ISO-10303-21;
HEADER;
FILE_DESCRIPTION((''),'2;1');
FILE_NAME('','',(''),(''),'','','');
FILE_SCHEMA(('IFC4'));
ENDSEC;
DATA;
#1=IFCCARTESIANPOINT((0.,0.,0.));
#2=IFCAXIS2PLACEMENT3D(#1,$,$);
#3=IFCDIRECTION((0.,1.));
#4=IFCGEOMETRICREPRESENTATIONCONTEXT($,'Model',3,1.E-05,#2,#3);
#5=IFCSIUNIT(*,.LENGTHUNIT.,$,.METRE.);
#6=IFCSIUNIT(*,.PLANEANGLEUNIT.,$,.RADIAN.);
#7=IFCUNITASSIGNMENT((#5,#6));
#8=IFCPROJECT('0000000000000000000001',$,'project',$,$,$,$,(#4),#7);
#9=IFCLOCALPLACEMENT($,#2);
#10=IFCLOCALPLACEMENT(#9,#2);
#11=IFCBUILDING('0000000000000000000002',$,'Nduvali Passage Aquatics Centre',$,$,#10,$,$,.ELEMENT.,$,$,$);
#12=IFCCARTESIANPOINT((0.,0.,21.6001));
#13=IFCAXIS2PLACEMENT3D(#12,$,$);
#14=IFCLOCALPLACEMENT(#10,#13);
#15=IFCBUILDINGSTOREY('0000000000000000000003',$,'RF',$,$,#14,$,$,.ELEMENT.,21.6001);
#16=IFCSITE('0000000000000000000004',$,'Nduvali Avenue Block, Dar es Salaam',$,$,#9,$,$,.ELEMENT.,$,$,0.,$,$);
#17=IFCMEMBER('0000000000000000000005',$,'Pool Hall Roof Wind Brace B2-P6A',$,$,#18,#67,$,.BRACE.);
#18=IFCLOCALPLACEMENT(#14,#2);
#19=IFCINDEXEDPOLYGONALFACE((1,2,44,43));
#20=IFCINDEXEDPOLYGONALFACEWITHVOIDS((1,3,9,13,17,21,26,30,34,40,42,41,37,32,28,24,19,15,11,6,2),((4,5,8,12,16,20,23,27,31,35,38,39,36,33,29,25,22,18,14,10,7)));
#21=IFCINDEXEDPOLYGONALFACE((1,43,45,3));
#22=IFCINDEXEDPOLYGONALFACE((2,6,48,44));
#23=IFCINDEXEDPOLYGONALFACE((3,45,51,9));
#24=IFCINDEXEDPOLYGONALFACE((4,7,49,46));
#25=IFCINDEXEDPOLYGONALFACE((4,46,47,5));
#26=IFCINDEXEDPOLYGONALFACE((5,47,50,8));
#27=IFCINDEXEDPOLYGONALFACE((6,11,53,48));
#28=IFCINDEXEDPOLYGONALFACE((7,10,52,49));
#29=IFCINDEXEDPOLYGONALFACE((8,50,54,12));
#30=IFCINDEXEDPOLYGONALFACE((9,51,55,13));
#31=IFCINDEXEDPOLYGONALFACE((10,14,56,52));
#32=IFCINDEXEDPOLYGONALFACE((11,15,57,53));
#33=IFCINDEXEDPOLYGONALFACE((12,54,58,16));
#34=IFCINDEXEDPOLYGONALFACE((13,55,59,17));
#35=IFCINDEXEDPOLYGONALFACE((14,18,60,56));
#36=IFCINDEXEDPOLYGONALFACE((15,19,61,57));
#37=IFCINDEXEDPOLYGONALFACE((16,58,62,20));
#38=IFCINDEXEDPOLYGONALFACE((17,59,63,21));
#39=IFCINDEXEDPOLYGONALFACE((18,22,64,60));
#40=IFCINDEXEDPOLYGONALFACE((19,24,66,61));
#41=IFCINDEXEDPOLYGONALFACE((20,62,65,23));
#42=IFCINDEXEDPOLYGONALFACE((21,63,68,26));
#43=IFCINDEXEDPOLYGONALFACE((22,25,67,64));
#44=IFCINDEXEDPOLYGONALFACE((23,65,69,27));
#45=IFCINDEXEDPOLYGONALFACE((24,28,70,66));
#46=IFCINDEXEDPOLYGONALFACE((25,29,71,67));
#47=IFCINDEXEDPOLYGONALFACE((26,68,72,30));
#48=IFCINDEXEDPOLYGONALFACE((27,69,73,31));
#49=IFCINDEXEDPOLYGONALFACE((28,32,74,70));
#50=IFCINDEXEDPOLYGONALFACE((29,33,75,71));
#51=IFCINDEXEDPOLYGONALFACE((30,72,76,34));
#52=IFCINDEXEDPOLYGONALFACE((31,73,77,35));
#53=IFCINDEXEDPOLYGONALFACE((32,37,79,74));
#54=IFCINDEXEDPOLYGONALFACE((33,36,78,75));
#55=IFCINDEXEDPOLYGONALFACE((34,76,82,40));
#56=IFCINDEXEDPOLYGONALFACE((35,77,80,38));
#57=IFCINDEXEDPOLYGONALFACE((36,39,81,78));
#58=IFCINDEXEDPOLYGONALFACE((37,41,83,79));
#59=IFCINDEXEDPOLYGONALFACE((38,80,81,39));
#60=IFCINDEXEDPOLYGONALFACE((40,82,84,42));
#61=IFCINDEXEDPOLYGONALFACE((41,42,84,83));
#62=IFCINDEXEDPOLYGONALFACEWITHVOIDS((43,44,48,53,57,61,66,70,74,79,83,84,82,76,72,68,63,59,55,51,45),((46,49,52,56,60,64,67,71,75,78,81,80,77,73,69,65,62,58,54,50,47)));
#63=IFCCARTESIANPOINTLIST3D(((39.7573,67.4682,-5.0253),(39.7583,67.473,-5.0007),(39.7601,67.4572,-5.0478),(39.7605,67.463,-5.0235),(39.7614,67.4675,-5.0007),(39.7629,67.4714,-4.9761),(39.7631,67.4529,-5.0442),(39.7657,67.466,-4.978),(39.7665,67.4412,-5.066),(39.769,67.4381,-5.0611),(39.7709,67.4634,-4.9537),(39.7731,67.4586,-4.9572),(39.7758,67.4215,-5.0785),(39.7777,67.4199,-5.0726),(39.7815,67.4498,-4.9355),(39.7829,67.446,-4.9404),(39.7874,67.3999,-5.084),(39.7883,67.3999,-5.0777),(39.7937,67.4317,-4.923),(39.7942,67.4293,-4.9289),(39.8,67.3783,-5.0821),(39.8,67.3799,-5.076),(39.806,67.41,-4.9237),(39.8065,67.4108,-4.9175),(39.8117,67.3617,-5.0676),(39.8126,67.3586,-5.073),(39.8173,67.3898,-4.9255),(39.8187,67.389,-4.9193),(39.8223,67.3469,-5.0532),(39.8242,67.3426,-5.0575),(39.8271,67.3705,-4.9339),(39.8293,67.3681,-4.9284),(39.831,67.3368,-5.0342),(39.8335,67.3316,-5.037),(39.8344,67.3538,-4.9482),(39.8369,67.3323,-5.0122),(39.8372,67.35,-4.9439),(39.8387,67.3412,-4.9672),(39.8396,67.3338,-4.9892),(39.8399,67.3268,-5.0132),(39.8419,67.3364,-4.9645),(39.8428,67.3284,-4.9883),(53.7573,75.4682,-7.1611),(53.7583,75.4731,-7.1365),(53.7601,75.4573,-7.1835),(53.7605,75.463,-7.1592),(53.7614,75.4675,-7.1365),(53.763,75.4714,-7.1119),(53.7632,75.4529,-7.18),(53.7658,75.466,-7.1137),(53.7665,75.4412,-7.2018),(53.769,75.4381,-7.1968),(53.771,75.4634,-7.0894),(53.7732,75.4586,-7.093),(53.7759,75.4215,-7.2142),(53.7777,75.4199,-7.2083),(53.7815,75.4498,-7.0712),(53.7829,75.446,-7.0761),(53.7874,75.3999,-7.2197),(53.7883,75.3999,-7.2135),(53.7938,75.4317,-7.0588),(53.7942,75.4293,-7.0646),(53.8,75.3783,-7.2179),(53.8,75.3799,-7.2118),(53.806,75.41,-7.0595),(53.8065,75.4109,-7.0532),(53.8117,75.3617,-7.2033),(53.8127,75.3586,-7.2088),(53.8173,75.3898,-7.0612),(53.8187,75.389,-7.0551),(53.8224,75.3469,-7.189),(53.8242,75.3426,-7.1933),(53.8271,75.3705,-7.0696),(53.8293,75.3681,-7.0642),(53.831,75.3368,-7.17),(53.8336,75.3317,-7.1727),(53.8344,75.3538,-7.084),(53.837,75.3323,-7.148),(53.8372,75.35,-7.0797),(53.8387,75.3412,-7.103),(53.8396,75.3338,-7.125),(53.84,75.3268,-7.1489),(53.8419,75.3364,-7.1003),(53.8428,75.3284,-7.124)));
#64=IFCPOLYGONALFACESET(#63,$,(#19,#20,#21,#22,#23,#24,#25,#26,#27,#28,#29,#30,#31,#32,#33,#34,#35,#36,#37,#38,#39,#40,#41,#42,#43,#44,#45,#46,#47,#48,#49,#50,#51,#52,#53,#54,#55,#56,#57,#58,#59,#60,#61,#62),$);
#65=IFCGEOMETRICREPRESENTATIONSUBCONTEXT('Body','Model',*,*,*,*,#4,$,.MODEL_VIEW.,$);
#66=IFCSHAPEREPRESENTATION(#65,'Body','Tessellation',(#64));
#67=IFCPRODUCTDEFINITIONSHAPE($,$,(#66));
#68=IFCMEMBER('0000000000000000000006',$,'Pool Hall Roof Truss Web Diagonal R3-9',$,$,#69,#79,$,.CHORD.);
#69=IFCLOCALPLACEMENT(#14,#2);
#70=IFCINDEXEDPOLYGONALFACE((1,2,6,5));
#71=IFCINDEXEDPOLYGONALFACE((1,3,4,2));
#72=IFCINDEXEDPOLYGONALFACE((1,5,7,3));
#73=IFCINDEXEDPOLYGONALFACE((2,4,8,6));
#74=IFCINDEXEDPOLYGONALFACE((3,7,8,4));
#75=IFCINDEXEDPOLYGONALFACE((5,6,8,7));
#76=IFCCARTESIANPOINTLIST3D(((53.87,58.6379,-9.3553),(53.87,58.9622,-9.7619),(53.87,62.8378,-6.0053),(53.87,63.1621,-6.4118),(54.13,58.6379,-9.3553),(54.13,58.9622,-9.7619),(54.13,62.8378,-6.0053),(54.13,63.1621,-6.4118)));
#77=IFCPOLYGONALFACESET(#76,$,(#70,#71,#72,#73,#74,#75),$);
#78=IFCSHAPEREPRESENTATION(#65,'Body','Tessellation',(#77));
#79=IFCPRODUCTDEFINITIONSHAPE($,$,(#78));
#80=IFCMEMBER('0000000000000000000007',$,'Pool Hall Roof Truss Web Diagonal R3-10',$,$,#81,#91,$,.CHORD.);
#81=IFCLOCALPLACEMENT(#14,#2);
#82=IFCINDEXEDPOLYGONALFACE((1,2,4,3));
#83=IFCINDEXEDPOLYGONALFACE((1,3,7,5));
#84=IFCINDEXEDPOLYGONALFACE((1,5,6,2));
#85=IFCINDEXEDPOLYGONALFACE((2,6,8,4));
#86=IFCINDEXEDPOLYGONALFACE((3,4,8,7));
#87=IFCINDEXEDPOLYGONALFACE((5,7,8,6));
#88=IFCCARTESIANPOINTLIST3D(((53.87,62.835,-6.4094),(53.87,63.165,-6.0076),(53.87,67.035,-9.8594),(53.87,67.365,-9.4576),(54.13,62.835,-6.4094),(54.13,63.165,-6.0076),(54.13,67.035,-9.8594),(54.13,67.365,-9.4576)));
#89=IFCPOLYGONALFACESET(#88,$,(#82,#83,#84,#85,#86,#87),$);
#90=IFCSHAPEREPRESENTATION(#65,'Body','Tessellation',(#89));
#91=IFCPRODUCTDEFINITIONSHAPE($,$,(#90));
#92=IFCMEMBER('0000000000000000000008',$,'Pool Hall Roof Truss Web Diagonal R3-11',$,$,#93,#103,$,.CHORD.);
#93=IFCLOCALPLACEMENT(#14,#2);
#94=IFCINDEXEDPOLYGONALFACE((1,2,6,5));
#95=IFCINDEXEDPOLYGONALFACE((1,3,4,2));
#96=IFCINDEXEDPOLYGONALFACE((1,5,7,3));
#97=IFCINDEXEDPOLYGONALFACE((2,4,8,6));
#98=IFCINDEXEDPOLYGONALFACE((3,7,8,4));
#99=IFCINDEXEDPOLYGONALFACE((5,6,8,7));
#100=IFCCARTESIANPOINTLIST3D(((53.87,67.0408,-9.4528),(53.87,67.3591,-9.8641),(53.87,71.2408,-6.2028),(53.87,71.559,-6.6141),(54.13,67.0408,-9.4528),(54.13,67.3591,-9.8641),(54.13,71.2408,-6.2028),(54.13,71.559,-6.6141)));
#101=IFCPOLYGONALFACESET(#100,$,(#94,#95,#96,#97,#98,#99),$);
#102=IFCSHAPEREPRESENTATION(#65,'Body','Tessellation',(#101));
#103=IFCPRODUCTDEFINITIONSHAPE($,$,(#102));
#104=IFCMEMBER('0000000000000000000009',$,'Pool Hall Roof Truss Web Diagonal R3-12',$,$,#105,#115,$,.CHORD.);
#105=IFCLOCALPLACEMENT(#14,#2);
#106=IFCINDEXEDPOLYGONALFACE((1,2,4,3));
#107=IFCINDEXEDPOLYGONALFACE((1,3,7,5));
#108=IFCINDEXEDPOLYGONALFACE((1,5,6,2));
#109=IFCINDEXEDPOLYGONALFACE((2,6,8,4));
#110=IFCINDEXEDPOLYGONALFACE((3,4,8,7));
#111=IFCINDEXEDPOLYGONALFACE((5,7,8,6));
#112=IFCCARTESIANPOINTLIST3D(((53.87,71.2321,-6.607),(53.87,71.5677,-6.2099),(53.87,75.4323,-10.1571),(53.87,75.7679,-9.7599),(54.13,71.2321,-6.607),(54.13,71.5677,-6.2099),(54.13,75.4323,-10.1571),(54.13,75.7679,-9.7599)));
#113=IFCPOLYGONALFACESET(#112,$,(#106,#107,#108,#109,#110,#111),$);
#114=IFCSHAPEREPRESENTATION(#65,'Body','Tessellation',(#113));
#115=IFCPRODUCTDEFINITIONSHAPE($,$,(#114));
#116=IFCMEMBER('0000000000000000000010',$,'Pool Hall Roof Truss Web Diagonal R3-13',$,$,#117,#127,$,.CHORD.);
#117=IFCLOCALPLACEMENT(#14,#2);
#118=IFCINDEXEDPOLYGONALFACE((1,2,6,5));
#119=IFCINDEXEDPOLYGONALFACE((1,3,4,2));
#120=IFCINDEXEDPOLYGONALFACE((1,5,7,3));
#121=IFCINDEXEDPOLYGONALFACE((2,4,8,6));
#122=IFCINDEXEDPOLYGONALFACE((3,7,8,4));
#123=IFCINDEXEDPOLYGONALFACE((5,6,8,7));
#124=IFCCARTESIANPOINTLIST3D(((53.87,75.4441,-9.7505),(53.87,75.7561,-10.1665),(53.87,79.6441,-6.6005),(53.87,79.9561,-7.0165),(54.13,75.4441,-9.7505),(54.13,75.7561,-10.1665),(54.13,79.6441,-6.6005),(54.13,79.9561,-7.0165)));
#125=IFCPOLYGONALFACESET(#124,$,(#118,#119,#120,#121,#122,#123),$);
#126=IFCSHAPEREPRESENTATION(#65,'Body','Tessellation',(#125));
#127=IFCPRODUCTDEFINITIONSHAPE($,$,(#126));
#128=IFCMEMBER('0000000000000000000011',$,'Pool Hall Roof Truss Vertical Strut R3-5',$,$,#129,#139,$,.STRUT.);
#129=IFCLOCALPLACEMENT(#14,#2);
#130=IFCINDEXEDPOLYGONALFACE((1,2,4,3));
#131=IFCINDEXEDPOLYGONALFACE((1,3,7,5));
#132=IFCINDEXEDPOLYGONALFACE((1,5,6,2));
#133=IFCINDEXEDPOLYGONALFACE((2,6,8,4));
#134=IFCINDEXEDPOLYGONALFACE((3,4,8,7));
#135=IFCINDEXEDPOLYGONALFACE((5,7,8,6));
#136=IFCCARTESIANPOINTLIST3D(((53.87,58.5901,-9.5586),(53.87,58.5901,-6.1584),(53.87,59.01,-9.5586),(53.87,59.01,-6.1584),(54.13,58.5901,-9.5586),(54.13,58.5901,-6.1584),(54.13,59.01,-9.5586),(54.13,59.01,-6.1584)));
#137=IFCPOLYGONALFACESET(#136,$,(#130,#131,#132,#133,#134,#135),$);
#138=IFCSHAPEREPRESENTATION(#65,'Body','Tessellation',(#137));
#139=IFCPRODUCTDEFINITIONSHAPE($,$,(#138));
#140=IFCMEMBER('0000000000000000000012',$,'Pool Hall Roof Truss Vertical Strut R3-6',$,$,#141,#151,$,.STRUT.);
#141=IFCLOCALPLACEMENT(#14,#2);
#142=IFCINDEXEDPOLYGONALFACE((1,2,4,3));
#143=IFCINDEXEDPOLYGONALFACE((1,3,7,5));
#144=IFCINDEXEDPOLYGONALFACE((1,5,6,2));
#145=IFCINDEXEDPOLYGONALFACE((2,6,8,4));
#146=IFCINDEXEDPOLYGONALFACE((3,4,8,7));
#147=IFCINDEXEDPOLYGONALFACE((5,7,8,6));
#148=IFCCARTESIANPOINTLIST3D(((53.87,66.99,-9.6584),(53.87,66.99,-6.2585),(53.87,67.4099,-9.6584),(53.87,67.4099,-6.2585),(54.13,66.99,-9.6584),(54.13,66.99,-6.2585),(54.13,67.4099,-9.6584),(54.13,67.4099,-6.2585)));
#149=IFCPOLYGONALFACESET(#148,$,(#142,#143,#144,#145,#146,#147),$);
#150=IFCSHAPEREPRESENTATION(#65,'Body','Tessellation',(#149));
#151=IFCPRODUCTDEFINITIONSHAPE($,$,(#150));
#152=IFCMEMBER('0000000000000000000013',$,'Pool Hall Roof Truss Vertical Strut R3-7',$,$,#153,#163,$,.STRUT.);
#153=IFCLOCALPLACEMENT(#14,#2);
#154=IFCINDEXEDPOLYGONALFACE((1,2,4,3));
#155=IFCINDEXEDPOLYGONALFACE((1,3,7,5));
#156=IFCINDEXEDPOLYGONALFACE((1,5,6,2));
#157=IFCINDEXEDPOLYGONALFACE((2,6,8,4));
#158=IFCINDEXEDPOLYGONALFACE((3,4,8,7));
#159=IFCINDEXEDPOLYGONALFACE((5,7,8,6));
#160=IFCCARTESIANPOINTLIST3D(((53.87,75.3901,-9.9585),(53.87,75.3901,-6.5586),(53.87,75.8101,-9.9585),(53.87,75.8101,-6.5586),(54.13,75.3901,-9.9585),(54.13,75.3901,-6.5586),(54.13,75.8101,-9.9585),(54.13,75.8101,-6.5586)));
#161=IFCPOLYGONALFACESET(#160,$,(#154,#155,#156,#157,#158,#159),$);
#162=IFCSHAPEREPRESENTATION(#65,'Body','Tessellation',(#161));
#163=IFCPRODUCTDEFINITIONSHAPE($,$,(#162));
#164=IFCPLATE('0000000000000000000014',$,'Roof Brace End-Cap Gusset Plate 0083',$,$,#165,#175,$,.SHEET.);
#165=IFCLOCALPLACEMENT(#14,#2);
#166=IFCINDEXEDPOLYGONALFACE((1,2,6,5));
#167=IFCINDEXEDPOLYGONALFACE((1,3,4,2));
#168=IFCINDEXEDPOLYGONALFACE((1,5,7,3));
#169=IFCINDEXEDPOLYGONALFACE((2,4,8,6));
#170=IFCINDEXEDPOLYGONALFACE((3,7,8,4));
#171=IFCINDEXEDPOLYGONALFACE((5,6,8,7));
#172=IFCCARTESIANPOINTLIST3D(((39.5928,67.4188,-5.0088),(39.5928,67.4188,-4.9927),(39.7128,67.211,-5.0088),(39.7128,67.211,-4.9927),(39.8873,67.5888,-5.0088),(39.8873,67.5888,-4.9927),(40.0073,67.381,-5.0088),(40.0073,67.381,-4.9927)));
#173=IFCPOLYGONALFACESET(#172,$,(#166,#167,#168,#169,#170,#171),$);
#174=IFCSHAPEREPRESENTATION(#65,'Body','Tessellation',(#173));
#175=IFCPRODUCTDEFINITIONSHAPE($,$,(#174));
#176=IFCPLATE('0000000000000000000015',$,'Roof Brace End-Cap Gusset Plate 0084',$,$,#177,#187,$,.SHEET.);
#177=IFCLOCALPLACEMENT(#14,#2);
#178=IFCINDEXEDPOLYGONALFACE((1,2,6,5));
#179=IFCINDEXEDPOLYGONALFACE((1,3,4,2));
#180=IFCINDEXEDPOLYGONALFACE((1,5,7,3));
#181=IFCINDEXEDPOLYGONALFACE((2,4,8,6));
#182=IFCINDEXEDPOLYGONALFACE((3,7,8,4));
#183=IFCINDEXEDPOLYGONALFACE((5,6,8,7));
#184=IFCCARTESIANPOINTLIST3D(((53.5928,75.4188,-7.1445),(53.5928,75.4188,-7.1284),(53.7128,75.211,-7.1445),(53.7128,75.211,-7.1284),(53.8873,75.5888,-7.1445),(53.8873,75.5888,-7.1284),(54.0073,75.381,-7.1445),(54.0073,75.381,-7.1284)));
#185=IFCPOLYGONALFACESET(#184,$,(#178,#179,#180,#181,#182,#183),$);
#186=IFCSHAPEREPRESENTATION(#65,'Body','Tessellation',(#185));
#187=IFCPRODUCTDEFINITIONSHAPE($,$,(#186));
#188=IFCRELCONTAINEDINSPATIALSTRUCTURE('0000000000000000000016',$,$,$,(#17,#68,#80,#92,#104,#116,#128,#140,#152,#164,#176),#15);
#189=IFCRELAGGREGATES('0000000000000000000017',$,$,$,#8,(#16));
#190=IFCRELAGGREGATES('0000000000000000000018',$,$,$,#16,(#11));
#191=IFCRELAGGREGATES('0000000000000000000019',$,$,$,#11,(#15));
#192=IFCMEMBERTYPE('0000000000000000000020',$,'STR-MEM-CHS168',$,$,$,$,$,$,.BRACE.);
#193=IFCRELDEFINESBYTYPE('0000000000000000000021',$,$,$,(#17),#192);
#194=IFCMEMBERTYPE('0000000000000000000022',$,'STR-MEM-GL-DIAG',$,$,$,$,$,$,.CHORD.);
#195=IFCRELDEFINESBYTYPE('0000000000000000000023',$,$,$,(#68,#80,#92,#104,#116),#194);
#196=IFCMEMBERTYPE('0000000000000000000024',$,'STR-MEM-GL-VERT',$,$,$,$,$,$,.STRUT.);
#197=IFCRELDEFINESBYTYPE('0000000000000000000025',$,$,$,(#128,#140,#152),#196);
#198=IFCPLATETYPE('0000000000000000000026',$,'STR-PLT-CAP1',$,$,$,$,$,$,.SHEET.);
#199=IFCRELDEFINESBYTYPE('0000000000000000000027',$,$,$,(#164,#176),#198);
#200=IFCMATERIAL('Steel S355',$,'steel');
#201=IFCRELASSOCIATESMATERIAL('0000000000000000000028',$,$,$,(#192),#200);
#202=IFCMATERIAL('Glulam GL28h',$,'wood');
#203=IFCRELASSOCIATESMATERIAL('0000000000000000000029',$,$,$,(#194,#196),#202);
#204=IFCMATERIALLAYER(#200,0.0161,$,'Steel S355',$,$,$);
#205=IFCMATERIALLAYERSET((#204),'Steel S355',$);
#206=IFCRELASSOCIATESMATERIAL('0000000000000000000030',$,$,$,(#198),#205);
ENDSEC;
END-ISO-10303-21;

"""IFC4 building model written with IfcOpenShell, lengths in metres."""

from ifc_helpers import new_model, si_unit, direction, frame, origin, origin_2d, place, context, subcontext, project, spatial, rectangle, hollow_circle, extrude, material, layer, layer_set, material_profile, profile_set, type_object, element, save


model = new_model("IFC4")

# Units and contexts
model_context = context("Model", 3, precision=1e-05, world=origin(), true_north=direction((0.0, 1.0)))
body_context = subcontext(model_context, "Body", "Model", "MODEL_VIEW")
ifc_project = project(units=[si_unit("LENGTHUNIT", "METRE"), si_unit("PLANEANGLEUNIT", "RADIAN")], contexts=[model_context])

# Site, building, storey
site_placement = place(None, origin())
site = spatial("IfcSite", under=ifc_project, at=site_placement, Name="Nduvali Avenue Block, Dar es Salaam", CompositionType="ELEMENT", RefElevation=0.0)
building_placement = place(site_placement, origin())
building = spatial("IfcBuilding", under=site, at=building_placement, Name="Nduvali Passage Aquatics Centre", CompositionType="ELEMENT")
storey_placement = place(building_placement, frame((0.0, 0.0, 21.6001)))
storey = spatial("IfcBuildingStorey", under=building, at=storey_placement, Name="RF", CompositionType="ELEMENT", Elevation=21.6001)

# Members
ifc_material_1 = material(Name="Steel S355", Category="steel")
ifc_material_profile_1 = material_profile(ifc_material_1, hollow_circle(Radius=0.0842, WallThickness=0.0063, at=origin_2d()), Name="CHS 168.3x6.3")
ifc_profile_set_1 = profile_set([ifc_material_profile_1], Name="Steel S355")
member_type_1 = type_object("IfcMemberType", Name="STR-MEM-CHS168", PredefinedType="BRACE", material=ifc_profile_set_1)
member_1_placement = place(storey_placement, frame((39.8, 67.3999, -5.0007), z_axis=(0.860726, 0.491843, -0.131306), x_axis=(-0.496139, 0.868243, 0.0)))
element("IfcMember", 1, at=member_1_placement, inside=storey, type_object=member_type_1, Name="Pool Hall Roof Wind Brace B2-P6A", PredefinedType="BRACE", context=body_context, shape_type="SweptSolid", body=[
    extrude(hollow_circle(Radius=0.0842, WallThickness=0.0063, at=origin_2d()), origin(), (0.0, 0.0, 1.0), 16.2654),
])
ifc_material_2 = material(Name="Glulam GL28h", Category="wood")
ifc_material_profile_2 = material_profile(ifc_material_2, rectangle(XDim=0.26, YDim=0.52, at=origin_2d()), Name="GL28h 260x520")
ifc_profile_set_2 = profile_set([ifc_material_profile_2], Name="Glulam GL28h")
member_type_2 = type_object("IfcMemberType", Name="STR-MEM-GL-DIAG", PredefinedType="CHORD", material=ifc_profile_set_2)
member_2_placement = place(storey_placement, frame((54.0, 58.8, -9.5586), z_axis=(0.0, 0.781764, 0.623575), x_axis=(-1.0, 0.0, 0.0)))
element("IfcMember", 2, at=member_2_placement, inside=storey, type_object=member_type_2, Name="Pool Hall Roof Truss Web Diagonal R3-9", PredefinedType="CHORD", context=body_context, shape_type="SweptSolid", body=[
    extrude(rectangle(XDim=0.26, YDim=0.52, at=origin_2d()), origin(), (0.0, 0.0, 1.0), 5.3723),
])
member_3_placement = place(storey_placement, frame((54.0, 63.0, -6.2085), z_axis=(0.0, 0.772727, -0.634738), x_axis=(-1.0, 0.0, 0.0)))
element("IfcMember", 3, at=member_3_placement, inside=storey, type_object=member_type_2, Name="Pool Hall Roof Truss Web Diagonal R3-10", PredefinedType="CHORD", context=body_context, shape_type="SweptSolid", body=[
    extrude(rectangle(XDim=0.26, YDim=0.52, at=origin_2d()), origin(), (0.0, 0.0, 1.0), 5.4353),
])
member_4_placement = place(storey_placement, frame((54.0, 67.2, -9.6584), z_axis=(0.0, 0.790867, 0.611988), x_axis=(-1.0, 0.0, 0.0)))
element("IfcMember", 4, at=member_4_placement, inside=storey, type_object=member_type_2, Name="Pool Hall Roof Truss Web Diagonal R3-11", PredefinedType="CHORD", context=body_context, shape_type="SweptSolid", body=[
    extrude(rectangle(XDim=0.26, YDim=0.52, at=origin_2d()), origin(), (0.0, 0.0, 1.0), 5.3105),
])
member_5_placement = place(storey_placement, frame((54.0, 71.3999, -6.4084), z_axis=(0.0, 0.763741, -0.645522), x_axis=(-1.0, 0.0, 0.0)))
element("IfcMember", 5, at=member_5_placement, inside=storey, type_object=member_type_2, Name="Pool Hall Roof Truss Web Diagonal R3-12", PredefinedType="CHORD", context=body_context, shape_type="SweptSolid", body=[
    extrude(rectangle(XDim=0.26, YDim=0.52, at=origin_2d()), origin(), (0.0, 0.0, 1.0), 5.4995),
])
member_6_placement = place(storey_placement, frame((54.0, 75.6001, -9.9585), z_axis=(0.0, 0.800006, 0.599993), x_axis=(-1.0, 0.0, 0.0)))
element("IfcMember", 6, at=member_6_placement, inside=storey, type_object=member_type_2, Name="Pool Hall Roof Truss Web Diagonal R3-13", PredefinedType="CHORD", context=body_context, shape_type="SweptSolid", body=[
    extrude(rectangle(XDim=0.26, YDim=0.52, at=origin_2d()), origin(), (0.0, 0.0, 1.0), 5.25),
])
ifc_material_profile_3 = material_profile(ifc_material_2, rectangle(XDim=0.26, YDim=0.4199, at=origin_2d()), Name="GL28h 260x420")
ifc_profile_set_3 = profile_set([ifc_material_profile_3], Name="Glulam GL28h")
member_type_3 = type_object("IfcMemberType", Name="STR-MEM-GL-VERT", PredefinedType="STRUT", material=ifc_profile_set_3)
member_7_placement = place(storey_placement, frame((54.0, 58.8, -9.5586), z_axis=(0.0, 0.0, 1.0), x_axis=(1.0, 0.0, 0.0)))
element("IfcMember", 7, at=member_7_placement, inside=storey, type_object=member_type_3, Name="Pool Hall Roof Truss Vertical Strut R3-5", PredefinedType="STRUT", context=body_context, shape_type="SweptSolid", body=[
    extrude(rectangle(XDim=0.26, YDim=0.4199, at=origin_2d()), origin(), (0.0, 0.0, 1.0), 3.4001),
])
for number, where, z_axis, x_axis, name in (
    (8, (54.0, 67.2, -9.6584), (0.0, 0.0, 1.0), (1.0, 0.0, 0.0), "Pool Hall Roof Truss Vertical Strut R3-6"),
    (9, (54.0, 75.6001, -9.9585), (0.0, 0.0, 1.0), (1.0, 0.0, 0.0), "Pool Hall Roof Truss Vertical Strut R3-7"),
):
    element("IfcMember", number, at=place(storey_placement, frame(where, z_axis=z_axis, x_axis=x_axis)), inside=storey, type_object=member_type_3, Name=name, PredefinedType="STRUT", context=body_context, shape_type="SweptSolid", body=[
        extrude(rectangle(XDim=0.26, YDim=0.4199, at=origin_2d()), origin(), (0.0, 0.0, 1.0), 3.3999),
    ])

# Plates
ifc_layer_1 = layer(ifc_material_1, 0.0161, Name="Steel S355")
ifc_layer_set_1 = layer_set([ifc_layer_1], Name="Steel S355")
plate_type_1 = type_object("IfcPlateType", Name="STR-PLT-CAP1", PredefinedType="SHEET", material=ifc_layer_set_1)
for number, where, z_axis, x_axis, name in (
    (10, (39.8, 67.3999, -5.0088), (0.0, 0.0, 1.0), (0.866025, 0.5, 0.0), "Roof Brace End-Cap Gusset Plate 0083"),
    (11, (53.8, 75.3999, -7.1445), (0.0, 0.0, 1.0), (0.866025, 0.5, 0.0), "Roof Brace End-Cap Gusset Plate 0084"),
):
    element("IfcPlate", number, at=place(storey_placement, frame(where, z_axis=z_axis, x_axis=x_axis)), inside=storey, type_object=plate_type_1, Name=name, PredefinedType="SHEET", context=body_context, shape_type="SweptSolid", body=[
        extrude(rectangle(XDim=0.3401, YDim=0.24, at=origin_2d()), origin(), (0.0, 0.0, 1.0), 0.0161),
    ])

save(model, "model.ifc")
